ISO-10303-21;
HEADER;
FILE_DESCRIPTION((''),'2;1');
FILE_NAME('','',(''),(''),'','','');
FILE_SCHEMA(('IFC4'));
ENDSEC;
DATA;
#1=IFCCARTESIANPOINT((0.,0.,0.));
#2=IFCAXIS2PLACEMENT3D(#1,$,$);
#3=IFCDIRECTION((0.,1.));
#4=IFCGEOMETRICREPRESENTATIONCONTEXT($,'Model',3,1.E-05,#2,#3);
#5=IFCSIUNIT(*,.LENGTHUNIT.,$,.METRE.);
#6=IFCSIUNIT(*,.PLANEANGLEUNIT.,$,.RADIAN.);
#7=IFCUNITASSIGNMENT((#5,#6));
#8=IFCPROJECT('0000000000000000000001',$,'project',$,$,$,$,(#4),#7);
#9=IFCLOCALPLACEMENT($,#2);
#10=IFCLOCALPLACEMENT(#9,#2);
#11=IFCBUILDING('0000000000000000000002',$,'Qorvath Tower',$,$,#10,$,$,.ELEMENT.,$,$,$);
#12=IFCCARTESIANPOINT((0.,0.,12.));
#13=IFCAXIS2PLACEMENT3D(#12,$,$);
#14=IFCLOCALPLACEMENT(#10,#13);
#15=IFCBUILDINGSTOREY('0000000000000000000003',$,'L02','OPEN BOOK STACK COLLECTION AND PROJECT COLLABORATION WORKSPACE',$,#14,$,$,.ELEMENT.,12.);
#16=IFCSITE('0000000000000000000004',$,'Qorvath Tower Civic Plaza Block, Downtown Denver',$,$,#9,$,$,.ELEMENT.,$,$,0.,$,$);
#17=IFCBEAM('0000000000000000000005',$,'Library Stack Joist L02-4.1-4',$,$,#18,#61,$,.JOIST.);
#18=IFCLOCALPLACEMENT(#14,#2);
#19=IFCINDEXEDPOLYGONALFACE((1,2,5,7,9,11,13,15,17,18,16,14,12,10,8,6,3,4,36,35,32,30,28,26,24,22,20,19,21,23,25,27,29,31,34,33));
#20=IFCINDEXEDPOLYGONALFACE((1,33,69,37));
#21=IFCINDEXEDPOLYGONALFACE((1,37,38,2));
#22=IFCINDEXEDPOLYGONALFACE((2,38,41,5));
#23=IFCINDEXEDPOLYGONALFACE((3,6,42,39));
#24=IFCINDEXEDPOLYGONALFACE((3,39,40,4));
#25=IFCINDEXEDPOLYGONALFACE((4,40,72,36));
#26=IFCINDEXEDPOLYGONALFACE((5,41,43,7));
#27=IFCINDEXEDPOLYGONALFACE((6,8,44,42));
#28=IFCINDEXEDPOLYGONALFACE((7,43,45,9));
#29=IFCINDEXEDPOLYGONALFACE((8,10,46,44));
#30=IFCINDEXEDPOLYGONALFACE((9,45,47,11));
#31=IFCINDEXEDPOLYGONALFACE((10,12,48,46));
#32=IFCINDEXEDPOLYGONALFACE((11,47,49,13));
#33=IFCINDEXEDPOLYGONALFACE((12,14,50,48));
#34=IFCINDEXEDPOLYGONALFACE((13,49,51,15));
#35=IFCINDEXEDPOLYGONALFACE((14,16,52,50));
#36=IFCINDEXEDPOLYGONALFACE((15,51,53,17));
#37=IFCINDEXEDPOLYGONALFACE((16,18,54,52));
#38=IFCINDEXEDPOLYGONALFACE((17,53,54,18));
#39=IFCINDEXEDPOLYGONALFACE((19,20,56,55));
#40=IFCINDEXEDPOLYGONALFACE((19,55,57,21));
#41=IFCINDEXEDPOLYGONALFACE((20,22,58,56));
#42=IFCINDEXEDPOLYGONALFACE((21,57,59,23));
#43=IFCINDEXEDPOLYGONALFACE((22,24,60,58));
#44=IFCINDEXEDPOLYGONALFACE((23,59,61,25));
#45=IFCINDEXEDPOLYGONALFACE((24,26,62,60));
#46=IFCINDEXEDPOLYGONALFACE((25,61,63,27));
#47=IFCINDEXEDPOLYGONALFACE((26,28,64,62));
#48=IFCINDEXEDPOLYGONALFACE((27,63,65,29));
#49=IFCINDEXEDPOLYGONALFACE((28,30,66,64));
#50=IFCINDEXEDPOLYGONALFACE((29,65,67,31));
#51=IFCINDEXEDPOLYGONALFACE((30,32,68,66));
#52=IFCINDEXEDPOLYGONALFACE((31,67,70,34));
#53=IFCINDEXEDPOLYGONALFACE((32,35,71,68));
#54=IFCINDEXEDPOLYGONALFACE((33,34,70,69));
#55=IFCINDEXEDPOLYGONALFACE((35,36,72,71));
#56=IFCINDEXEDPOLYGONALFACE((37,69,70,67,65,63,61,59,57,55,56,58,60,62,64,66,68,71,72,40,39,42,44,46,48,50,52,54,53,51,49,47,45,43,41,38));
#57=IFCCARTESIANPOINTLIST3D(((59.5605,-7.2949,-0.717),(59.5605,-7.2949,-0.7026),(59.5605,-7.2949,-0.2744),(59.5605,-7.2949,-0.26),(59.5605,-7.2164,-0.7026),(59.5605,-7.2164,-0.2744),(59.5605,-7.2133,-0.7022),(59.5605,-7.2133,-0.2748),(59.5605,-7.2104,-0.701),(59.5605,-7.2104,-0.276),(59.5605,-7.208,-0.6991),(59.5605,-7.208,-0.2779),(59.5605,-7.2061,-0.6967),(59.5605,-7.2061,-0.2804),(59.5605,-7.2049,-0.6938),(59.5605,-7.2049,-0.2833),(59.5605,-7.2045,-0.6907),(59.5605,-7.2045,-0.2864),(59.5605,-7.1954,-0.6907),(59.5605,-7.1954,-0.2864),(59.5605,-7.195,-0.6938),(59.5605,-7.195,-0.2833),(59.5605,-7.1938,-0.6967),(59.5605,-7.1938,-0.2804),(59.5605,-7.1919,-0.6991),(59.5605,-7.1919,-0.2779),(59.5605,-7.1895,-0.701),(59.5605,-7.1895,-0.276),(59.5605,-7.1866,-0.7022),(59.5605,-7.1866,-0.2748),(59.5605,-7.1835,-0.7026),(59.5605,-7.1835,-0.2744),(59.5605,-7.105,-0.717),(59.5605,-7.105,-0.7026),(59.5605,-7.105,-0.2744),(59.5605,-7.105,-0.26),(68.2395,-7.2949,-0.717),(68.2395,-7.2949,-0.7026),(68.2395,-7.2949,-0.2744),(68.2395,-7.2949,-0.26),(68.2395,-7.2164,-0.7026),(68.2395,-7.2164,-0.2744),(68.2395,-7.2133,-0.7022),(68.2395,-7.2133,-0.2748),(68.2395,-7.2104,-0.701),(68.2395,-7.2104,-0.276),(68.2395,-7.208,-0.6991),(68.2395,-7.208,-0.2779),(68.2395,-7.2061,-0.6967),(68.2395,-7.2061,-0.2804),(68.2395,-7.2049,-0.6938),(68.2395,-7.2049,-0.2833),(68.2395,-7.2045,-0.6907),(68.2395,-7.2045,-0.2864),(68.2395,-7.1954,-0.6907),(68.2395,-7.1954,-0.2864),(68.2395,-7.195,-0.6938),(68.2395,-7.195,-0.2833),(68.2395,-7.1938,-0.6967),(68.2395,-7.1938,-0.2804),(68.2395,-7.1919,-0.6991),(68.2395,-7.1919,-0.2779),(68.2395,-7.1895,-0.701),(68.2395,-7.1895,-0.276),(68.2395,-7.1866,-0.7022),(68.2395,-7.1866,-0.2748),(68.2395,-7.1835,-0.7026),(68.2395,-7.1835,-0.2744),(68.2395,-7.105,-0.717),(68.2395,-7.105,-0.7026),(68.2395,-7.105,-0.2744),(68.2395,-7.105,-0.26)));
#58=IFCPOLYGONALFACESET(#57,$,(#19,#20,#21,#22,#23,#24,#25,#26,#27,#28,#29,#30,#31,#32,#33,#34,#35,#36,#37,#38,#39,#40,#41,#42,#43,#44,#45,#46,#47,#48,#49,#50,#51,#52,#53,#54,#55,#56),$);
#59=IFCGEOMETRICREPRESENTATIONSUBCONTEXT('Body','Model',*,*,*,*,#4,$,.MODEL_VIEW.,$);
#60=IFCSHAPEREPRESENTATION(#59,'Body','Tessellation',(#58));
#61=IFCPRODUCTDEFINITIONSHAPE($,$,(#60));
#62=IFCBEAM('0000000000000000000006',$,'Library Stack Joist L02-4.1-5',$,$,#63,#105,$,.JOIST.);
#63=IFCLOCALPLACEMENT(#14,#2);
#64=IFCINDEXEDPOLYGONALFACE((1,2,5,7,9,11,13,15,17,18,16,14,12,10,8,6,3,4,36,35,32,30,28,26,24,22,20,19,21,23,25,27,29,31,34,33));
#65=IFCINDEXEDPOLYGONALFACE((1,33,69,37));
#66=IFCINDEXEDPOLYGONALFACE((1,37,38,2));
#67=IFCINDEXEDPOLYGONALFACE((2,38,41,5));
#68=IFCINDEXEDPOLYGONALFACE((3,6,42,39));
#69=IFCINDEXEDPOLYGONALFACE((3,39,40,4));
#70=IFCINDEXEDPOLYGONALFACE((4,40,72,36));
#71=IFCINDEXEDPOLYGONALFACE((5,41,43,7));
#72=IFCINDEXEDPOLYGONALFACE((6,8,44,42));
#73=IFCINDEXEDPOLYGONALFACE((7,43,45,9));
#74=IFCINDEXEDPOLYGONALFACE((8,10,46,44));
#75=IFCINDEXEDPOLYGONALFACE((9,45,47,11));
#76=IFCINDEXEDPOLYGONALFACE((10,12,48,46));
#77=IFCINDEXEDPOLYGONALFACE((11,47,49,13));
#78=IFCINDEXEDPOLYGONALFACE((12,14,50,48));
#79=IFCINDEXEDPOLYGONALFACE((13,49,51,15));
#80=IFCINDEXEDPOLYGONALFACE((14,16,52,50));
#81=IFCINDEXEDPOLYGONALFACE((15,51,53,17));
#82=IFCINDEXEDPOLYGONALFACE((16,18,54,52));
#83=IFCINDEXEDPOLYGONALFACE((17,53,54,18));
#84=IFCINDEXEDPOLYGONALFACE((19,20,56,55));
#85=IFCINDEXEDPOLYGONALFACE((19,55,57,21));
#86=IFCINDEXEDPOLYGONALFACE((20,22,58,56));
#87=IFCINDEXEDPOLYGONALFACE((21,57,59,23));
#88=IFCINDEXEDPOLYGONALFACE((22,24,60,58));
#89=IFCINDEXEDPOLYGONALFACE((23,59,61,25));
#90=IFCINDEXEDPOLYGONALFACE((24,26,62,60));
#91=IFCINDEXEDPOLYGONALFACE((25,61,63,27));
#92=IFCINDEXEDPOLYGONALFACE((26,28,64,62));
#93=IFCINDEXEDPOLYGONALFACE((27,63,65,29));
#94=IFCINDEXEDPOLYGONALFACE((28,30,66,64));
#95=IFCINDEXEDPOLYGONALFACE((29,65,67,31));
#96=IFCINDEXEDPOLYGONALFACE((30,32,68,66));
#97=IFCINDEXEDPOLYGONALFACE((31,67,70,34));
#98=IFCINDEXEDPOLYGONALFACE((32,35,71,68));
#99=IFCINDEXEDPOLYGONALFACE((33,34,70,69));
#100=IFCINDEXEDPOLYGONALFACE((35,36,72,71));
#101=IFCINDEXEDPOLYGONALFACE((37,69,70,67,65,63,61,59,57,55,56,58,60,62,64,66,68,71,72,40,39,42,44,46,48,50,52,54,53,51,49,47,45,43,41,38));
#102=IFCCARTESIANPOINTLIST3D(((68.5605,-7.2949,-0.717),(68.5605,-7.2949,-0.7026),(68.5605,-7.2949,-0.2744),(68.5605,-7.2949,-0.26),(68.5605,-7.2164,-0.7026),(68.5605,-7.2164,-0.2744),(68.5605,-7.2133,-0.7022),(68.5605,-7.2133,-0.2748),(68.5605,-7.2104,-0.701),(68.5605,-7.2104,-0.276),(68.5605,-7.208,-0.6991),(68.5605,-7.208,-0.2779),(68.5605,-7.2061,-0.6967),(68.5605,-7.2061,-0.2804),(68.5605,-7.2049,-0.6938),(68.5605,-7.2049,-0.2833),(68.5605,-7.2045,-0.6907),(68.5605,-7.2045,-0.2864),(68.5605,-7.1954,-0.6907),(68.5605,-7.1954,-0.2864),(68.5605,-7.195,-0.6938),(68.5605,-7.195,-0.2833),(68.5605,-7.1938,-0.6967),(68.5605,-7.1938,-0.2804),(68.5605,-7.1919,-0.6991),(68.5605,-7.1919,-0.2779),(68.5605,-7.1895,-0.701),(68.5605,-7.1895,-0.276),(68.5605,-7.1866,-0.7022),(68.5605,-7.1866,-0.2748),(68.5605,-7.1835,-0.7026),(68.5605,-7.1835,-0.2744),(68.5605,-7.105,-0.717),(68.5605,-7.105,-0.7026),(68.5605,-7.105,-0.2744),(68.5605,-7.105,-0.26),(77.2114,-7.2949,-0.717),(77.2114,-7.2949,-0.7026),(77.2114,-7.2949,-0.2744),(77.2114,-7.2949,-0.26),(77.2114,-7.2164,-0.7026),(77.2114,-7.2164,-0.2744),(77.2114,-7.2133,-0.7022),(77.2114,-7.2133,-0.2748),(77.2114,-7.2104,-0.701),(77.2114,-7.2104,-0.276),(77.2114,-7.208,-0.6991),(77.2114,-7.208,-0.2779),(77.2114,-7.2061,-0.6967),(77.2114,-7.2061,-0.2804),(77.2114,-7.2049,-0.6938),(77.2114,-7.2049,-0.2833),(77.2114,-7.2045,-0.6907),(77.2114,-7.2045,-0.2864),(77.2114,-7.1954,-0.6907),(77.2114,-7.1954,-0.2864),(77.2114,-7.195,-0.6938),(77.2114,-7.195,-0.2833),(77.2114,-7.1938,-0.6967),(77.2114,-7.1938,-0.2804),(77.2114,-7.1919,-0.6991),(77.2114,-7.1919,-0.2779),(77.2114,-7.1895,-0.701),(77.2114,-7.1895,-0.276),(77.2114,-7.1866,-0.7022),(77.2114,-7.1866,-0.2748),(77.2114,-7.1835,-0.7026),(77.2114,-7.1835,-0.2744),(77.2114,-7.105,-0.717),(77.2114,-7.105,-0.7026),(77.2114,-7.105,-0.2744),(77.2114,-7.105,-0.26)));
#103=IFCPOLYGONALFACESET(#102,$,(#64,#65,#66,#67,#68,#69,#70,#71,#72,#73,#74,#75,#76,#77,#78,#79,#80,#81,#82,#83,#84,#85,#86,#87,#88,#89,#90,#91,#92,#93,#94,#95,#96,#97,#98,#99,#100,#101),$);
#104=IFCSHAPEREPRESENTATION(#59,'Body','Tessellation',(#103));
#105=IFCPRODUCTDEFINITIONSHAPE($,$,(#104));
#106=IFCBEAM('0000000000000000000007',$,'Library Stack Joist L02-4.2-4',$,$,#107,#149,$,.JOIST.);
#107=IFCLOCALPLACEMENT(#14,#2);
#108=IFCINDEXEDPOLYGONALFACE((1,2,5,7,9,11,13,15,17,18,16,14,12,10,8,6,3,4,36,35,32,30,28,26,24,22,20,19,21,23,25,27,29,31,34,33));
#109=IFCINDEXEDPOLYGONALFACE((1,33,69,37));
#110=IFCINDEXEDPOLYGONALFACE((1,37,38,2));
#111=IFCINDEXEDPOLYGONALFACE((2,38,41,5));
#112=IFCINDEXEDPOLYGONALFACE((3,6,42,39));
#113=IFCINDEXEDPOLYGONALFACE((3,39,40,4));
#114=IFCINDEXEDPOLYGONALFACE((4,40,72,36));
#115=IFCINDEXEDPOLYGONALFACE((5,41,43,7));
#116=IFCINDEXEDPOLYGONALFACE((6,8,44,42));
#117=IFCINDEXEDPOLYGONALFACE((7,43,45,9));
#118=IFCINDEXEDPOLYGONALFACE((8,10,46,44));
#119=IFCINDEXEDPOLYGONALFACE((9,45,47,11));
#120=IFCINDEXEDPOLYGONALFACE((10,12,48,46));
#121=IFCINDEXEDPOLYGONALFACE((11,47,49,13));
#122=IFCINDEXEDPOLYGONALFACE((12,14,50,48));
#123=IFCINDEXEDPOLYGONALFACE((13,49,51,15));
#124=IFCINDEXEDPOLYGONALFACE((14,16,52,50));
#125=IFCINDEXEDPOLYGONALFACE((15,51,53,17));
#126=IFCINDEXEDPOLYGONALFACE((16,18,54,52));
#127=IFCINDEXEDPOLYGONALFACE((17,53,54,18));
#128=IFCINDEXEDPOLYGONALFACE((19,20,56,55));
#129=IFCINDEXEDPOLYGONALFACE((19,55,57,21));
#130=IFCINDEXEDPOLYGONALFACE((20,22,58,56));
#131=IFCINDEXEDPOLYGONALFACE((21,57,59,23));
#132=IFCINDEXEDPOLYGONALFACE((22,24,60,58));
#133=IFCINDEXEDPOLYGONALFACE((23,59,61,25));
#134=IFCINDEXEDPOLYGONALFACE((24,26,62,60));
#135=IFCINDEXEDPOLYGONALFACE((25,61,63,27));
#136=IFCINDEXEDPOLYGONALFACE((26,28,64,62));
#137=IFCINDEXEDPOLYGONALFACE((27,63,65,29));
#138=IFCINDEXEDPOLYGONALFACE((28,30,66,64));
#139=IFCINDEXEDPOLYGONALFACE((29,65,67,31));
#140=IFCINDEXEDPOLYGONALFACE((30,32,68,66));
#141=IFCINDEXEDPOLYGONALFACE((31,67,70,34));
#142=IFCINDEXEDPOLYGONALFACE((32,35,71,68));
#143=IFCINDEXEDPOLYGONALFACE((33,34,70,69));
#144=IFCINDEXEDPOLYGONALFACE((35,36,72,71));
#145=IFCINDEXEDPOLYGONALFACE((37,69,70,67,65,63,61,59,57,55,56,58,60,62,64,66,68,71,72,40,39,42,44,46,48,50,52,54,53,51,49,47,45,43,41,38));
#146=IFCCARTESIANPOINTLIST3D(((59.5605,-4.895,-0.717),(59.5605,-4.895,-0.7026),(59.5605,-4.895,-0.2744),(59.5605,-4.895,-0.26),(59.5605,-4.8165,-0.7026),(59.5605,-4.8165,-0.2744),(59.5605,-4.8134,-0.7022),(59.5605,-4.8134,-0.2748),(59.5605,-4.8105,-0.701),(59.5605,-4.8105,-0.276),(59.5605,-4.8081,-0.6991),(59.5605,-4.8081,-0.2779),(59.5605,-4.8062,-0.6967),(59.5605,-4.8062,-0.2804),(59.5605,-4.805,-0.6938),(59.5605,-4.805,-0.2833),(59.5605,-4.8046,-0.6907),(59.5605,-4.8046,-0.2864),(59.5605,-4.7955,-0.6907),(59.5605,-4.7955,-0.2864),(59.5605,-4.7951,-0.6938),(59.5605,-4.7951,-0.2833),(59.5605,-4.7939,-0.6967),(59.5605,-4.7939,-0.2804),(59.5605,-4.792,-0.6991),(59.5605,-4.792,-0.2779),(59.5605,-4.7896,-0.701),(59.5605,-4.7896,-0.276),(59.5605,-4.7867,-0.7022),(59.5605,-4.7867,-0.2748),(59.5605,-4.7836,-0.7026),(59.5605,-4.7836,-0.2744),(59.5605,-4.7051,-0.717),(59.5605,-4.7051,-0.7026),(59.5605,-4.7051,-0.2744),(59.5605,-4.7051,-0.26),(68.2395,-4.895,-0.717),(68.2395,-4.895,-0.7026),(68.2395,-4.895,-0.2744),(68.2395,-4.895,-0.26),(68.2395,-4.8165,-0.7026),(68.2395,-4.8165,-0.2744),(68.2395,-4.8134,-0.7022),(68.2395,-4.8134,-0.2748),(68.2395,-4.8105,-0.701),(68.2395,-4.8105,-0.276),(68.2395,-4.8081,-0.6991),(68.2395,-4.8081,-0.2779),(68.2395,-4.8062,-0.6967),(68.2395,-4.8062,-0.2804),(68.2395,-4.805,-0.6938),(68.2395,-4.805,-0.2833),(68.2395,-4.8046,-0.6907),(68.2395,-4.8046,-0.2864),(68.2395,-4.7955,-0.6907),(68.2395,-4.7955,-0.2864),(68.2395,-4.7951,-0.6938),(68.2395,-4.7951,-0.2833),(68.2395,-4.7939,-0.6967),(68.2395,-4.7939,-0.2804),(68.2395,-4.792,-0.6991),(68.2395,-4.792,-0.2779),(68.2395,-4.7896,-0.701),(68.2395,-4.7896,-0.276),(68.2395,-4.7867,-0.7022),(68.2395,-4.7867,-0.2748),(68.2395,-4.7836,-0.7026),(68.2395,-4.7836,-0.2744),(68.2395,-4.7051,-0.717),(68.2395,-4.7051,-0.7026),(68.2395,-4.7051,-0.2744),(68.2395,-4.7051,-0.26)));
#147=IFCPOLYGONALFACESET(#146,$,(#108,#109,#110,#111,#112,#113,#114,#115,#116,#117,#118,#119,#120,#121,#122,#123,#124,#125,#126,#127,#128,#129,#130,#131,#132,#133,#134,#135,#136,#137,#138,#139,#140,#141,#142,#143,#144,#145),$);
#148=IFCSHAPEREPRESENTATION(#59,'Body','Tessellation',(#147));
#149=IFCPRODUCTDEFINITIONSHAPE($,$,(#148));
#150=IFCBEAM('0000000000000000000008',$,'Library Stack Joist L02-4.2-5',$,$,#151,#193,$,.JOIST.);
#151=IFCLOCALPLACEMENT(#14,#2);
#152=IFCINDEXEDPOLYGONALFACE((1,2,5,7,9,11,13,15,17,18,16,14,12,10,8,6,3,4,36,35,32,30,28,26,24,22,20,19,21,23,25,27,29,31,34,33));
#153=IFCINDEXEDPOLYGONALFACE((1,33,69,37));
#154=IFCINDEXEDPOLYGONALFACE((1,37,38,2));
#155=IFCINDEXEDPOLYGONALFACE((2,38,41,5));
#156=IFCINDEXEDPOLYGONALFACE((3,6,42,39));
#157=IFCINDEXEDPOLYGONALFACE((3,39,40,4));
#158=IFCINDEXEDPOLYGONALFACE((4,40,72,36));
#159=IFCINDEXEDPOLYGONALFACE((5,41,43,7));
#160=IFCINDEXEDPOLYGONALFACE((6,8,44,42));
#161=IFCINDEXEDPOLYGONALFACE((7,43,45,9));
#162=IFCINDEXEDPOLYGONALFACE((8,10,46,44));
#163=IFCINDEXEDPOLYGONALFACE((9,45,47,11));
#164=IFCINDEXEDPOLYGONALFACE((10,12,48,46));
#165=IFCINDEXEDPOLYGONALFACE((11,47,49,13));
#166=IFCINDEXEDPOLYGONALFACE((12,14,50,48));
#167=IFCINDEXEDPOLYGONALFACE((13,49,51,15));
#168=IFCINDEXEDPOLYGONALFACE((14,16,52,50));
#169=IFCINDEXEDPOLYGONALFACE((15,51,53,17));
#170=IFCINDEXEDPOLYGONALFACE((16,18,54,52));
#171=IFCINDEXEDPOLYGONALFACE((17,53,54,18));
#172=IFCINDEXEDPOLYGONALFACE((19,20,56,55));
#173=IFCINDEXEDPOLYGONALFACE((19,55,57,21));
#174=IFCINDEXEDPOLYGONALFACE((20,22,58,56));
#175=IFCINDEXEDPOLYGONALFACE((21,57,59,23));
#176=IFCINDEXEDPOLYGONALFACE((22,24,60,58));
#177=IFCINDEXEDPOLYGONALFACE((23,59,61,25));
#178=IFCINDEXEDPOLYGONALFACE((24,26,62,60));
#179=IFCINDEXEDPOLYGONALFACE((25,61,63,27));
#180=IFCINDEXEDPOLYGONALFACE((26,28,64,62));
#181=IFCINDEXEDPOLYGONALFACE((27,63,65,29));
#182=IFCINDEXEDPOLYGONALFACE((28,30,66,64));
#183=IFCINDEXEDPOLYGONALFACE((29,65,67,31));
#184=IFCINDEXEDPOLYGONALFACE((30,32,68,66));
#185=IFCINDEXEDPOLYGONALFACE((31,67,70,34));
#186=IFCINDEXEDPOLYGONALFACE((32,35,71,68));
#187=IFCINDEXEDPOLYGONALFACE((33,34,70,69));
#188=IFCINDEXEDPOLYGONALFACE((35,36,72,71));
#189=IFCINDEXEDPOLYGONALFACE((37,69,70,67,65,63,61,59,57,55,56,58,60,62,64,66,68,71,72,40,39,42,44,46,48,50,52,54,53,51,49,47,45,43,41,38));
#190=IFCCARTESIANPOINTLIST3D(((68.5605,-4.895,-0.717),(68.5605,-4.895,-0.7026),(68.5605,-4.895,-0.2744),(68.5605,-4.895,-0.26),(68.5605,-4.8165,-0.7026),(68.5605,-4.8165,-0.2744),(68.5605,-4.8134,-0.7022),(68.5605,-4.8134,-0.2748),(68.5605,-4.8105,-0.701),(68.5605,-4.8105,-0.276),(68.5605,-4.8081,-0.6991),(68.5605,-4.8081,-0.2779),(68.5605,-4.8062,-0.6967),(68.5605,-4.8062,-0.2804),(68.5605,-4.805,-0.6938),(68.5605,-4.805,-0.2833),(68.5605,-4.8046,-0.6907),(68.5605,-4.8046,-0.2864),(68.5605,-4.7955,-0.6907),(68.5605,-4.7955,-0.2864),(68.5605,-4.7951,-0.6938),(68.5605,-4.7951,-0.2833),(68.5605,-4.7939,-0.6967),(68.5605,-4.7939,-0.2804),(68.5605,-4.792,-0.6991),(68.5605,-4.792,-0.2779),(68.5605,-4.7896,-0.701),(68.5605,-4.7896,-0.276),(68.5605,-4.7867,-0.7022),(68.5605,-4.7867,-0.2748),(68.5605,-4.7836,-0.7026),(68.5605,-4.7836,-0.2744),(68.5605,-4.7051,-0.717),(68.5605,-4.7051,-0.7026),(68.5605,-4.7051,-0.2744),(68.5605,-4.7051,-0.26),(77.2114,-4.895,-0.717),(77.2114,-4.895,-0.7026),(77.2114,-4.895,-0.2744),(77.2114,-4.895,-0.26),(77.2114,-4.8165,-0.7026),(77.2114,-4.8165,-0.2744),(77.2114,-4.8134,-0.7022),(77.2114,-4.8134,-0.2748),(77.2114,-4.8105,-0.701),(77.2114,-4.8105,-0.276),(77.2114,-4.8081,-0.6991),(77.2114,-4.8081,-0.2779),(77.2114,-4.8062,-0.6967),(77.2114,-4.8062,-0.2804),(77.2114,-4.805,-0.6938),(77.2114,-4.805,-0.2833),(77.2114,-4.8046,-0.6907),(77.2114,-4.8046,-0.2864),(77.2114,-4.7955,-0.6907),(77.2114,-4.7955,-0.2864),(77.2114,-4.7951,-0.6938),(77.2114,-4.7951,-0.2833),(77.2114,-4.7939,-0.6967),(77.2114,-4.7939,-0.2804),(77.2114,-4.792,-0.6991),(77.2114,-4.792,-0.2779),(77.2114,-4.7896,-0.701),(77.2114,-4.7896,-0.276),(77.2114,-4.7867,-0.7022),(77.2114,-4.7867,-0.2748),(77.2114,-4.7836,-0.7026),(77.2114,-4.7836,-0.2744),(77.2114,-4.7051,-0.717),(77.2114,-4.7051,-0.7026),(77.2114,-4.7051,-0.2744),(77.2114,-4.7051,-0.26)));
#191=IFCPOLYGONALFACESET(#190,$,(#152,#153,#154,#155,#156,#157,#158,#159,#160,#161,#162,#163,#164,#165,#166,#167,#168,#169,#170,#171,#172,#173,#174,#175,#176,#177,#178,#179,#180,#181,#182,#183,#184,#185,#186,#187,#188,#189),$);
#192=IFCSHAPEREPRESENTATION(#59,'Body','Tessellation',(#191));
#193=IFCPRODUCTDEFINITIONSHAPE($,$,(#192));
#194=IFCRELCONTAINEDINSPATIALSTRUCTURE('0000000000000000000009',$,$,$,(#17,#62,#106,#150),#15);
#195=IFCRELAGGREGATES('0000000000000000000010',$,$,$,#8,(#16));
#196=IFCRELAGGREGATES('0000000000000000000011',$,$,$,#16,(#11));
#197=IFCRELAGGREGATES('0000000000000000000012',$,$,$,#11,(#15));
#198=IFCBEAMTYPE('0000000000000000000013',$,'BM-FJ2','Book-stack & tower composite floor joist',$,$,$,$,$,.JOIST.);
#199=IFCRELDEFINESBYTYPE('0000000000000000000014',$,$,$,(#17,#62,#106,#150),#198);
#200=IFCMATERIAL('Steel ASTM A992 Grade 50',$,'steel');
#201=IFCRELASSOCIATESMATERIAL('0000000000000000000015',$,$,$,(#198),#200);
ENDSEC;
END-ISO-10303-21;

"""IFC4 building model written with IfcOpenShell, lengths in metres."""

from ifc_helpers import new_model, si_unit, direction, frame, origin, origin_2d, place, context, subcontext, project, spatial, i_section, extrude, material, material_profile, profile_set, type_object, element, save


model = new_model("IFC4")

# Units and contexts
model_context = context("Model", 3, precision=1e-05, world=origin(), true_north=direction((0.0, 1.0)))
body_context = subcontext(model_context, "Body", "Model", "MODEL_VIEW")
ifc_project = project(units=[si_unit("LENGTHUNIT", "METRE"), si_unit("PLANEANGLEUNIT", "RADIAN")], contexts=[model_context])

# Site, building, storey
site_placement = place(None, origin())
site = spatial("IfcSite", under=ifc_project, at=site_placement, Name="Qorvath Tower Civic Plaza Block, Downtown Denver", CompositionType="ELEMENT", RefElevation=0.0)
building_placement = place(site_placement, origin())
building = spatial("IfcBuilding", under=site, at=building_placement, Name="Qorvath Tower", CompositionType="ELEMENT")
storey_placement = place(building_placement, frame((0.0, 0.0, 12.0)))
storey = spatial("IfcBuildingStorey", under=building, at=storey_placement, Name="L02", Description="OPEN BOOK STACK COLLECTION AND PROJECT COLLABORATION WORKSPACE", CompositionType="ELEMENT", Elevation=12.0)

# Beams
ifc_material_1 = material(Name="Steel ASTM A992 Grade 50", Category="steel")
ifc_material_profile_1 = material_profile(ifc_material_1, i_section(OverallWidth=0.1899, OverallDepth=0.457, WebThickness=0.009, FlangeThickness=0.0144, FilletRadius=0.012, at=origin_2d()), Name="W18x50")
ifc_profile_set_1 = profile_set([ifc_material_profile_1], Name="Steel ASTM A992 Grade 50")
beam_type_1 = type_object("IfcBeamType", Name="BM-FJ2", Description="Book-stack & tower composite floor joist", PredefinedType="JOIST", material=ifc_profile_set_1)
beam_1_placement = place(storey_placement, frame((59.5605, -7.2, -0.4885), z_axis=(1.0, 0.0, 0.0), x_axis=(0.0, 1.0, 0.0)))
element("IfcBeam", 1, at=beam_1_placement, inside=storey, type_object=beam_type_1, Name="Library Stack Joist L02-4.1-4", PredefinedType="JOIST", context=body_context, shape_type="SweptSolid", body=[
    extrude(i_section(OverallWidth=0.1899, OverallDepth=0.457, WebThickness=0.009, FlangeThickness=0.0144, FilletRadius=0.012, at=origin_2d()), origin(), (0.0, 0.0, 1.0), 8.679),
])
beam_2_placement = place(storey_placement, frame((68.5605, -7.2, -0.4885), z_axis=(1.0, 0.0, 0.0), x_axis=(0.0, 1.0, 0.0)))
element("IfcBeam", 2, at=beam_2_placement, inside=storey, type_object=beam_type_1, Name="Library Stack Joist L02-4.1-5", PredefinedType="JOIST", context=body_context, shape_type="SweptSolid", body=[
    extrude(i_section(OverallWidth=0.1899, OverallDepth=0.457, WebThickness=0.009, FlangeThickness=0.0144, FilletRadius=0.012, at=origin_2d()), origin(), (0.0, 0.0, 1.0), 8.6509),
])
beam_3_placement = place(storey_placement, frame((59.5605, -4.8, -0.4885), z_axis=(1.0, 0.0, 0.0), x_axis=(0.0, 1.0, 0.0)))
element("IfcBeam", 3, at=beam_3_placement, inside=storey, type_object=beam_type_1, Name="Library Stack Joist L02-4.2-4", PredefinedType="JOIST", context=body_context, shape_type="SweptSolid", body=[
    extrude(i_section(OverallWidth=0.1899, OverallDepth=0.457, WebThickness=0.009, FlangeThickness=0.0144, FilletRadius=0.012, at=origin_2d()), origin(), (0.0, 0.0, 1.0), 8.679),
])
beam_4_placement = place(storey_placement, frame((68.5605, -4.8, -0.4885), z_axis=(1.0, 0.0, 0.0), x_axis=(0.0, 1.0, 0.0)))
element("IfcBeam", 4, at=beam_4_placement, inside=storey, type_object=beam_type_1, Name="Library Stack Joist L02-4.2-5", PredefinedType="JOIST", context=body_context, shape_type="SweptSolid", body=[
    extrude(i_section(OverallWidth=0.1899, OverallDepth=0.457, WebThickness=0.009, FlangeThickness=0.0144, FilletRadius=0.012, at=origin_2d()), origin(), (0.0, 0.0, 1.0), 8.6509),
])

save(model, "model.ifc")
